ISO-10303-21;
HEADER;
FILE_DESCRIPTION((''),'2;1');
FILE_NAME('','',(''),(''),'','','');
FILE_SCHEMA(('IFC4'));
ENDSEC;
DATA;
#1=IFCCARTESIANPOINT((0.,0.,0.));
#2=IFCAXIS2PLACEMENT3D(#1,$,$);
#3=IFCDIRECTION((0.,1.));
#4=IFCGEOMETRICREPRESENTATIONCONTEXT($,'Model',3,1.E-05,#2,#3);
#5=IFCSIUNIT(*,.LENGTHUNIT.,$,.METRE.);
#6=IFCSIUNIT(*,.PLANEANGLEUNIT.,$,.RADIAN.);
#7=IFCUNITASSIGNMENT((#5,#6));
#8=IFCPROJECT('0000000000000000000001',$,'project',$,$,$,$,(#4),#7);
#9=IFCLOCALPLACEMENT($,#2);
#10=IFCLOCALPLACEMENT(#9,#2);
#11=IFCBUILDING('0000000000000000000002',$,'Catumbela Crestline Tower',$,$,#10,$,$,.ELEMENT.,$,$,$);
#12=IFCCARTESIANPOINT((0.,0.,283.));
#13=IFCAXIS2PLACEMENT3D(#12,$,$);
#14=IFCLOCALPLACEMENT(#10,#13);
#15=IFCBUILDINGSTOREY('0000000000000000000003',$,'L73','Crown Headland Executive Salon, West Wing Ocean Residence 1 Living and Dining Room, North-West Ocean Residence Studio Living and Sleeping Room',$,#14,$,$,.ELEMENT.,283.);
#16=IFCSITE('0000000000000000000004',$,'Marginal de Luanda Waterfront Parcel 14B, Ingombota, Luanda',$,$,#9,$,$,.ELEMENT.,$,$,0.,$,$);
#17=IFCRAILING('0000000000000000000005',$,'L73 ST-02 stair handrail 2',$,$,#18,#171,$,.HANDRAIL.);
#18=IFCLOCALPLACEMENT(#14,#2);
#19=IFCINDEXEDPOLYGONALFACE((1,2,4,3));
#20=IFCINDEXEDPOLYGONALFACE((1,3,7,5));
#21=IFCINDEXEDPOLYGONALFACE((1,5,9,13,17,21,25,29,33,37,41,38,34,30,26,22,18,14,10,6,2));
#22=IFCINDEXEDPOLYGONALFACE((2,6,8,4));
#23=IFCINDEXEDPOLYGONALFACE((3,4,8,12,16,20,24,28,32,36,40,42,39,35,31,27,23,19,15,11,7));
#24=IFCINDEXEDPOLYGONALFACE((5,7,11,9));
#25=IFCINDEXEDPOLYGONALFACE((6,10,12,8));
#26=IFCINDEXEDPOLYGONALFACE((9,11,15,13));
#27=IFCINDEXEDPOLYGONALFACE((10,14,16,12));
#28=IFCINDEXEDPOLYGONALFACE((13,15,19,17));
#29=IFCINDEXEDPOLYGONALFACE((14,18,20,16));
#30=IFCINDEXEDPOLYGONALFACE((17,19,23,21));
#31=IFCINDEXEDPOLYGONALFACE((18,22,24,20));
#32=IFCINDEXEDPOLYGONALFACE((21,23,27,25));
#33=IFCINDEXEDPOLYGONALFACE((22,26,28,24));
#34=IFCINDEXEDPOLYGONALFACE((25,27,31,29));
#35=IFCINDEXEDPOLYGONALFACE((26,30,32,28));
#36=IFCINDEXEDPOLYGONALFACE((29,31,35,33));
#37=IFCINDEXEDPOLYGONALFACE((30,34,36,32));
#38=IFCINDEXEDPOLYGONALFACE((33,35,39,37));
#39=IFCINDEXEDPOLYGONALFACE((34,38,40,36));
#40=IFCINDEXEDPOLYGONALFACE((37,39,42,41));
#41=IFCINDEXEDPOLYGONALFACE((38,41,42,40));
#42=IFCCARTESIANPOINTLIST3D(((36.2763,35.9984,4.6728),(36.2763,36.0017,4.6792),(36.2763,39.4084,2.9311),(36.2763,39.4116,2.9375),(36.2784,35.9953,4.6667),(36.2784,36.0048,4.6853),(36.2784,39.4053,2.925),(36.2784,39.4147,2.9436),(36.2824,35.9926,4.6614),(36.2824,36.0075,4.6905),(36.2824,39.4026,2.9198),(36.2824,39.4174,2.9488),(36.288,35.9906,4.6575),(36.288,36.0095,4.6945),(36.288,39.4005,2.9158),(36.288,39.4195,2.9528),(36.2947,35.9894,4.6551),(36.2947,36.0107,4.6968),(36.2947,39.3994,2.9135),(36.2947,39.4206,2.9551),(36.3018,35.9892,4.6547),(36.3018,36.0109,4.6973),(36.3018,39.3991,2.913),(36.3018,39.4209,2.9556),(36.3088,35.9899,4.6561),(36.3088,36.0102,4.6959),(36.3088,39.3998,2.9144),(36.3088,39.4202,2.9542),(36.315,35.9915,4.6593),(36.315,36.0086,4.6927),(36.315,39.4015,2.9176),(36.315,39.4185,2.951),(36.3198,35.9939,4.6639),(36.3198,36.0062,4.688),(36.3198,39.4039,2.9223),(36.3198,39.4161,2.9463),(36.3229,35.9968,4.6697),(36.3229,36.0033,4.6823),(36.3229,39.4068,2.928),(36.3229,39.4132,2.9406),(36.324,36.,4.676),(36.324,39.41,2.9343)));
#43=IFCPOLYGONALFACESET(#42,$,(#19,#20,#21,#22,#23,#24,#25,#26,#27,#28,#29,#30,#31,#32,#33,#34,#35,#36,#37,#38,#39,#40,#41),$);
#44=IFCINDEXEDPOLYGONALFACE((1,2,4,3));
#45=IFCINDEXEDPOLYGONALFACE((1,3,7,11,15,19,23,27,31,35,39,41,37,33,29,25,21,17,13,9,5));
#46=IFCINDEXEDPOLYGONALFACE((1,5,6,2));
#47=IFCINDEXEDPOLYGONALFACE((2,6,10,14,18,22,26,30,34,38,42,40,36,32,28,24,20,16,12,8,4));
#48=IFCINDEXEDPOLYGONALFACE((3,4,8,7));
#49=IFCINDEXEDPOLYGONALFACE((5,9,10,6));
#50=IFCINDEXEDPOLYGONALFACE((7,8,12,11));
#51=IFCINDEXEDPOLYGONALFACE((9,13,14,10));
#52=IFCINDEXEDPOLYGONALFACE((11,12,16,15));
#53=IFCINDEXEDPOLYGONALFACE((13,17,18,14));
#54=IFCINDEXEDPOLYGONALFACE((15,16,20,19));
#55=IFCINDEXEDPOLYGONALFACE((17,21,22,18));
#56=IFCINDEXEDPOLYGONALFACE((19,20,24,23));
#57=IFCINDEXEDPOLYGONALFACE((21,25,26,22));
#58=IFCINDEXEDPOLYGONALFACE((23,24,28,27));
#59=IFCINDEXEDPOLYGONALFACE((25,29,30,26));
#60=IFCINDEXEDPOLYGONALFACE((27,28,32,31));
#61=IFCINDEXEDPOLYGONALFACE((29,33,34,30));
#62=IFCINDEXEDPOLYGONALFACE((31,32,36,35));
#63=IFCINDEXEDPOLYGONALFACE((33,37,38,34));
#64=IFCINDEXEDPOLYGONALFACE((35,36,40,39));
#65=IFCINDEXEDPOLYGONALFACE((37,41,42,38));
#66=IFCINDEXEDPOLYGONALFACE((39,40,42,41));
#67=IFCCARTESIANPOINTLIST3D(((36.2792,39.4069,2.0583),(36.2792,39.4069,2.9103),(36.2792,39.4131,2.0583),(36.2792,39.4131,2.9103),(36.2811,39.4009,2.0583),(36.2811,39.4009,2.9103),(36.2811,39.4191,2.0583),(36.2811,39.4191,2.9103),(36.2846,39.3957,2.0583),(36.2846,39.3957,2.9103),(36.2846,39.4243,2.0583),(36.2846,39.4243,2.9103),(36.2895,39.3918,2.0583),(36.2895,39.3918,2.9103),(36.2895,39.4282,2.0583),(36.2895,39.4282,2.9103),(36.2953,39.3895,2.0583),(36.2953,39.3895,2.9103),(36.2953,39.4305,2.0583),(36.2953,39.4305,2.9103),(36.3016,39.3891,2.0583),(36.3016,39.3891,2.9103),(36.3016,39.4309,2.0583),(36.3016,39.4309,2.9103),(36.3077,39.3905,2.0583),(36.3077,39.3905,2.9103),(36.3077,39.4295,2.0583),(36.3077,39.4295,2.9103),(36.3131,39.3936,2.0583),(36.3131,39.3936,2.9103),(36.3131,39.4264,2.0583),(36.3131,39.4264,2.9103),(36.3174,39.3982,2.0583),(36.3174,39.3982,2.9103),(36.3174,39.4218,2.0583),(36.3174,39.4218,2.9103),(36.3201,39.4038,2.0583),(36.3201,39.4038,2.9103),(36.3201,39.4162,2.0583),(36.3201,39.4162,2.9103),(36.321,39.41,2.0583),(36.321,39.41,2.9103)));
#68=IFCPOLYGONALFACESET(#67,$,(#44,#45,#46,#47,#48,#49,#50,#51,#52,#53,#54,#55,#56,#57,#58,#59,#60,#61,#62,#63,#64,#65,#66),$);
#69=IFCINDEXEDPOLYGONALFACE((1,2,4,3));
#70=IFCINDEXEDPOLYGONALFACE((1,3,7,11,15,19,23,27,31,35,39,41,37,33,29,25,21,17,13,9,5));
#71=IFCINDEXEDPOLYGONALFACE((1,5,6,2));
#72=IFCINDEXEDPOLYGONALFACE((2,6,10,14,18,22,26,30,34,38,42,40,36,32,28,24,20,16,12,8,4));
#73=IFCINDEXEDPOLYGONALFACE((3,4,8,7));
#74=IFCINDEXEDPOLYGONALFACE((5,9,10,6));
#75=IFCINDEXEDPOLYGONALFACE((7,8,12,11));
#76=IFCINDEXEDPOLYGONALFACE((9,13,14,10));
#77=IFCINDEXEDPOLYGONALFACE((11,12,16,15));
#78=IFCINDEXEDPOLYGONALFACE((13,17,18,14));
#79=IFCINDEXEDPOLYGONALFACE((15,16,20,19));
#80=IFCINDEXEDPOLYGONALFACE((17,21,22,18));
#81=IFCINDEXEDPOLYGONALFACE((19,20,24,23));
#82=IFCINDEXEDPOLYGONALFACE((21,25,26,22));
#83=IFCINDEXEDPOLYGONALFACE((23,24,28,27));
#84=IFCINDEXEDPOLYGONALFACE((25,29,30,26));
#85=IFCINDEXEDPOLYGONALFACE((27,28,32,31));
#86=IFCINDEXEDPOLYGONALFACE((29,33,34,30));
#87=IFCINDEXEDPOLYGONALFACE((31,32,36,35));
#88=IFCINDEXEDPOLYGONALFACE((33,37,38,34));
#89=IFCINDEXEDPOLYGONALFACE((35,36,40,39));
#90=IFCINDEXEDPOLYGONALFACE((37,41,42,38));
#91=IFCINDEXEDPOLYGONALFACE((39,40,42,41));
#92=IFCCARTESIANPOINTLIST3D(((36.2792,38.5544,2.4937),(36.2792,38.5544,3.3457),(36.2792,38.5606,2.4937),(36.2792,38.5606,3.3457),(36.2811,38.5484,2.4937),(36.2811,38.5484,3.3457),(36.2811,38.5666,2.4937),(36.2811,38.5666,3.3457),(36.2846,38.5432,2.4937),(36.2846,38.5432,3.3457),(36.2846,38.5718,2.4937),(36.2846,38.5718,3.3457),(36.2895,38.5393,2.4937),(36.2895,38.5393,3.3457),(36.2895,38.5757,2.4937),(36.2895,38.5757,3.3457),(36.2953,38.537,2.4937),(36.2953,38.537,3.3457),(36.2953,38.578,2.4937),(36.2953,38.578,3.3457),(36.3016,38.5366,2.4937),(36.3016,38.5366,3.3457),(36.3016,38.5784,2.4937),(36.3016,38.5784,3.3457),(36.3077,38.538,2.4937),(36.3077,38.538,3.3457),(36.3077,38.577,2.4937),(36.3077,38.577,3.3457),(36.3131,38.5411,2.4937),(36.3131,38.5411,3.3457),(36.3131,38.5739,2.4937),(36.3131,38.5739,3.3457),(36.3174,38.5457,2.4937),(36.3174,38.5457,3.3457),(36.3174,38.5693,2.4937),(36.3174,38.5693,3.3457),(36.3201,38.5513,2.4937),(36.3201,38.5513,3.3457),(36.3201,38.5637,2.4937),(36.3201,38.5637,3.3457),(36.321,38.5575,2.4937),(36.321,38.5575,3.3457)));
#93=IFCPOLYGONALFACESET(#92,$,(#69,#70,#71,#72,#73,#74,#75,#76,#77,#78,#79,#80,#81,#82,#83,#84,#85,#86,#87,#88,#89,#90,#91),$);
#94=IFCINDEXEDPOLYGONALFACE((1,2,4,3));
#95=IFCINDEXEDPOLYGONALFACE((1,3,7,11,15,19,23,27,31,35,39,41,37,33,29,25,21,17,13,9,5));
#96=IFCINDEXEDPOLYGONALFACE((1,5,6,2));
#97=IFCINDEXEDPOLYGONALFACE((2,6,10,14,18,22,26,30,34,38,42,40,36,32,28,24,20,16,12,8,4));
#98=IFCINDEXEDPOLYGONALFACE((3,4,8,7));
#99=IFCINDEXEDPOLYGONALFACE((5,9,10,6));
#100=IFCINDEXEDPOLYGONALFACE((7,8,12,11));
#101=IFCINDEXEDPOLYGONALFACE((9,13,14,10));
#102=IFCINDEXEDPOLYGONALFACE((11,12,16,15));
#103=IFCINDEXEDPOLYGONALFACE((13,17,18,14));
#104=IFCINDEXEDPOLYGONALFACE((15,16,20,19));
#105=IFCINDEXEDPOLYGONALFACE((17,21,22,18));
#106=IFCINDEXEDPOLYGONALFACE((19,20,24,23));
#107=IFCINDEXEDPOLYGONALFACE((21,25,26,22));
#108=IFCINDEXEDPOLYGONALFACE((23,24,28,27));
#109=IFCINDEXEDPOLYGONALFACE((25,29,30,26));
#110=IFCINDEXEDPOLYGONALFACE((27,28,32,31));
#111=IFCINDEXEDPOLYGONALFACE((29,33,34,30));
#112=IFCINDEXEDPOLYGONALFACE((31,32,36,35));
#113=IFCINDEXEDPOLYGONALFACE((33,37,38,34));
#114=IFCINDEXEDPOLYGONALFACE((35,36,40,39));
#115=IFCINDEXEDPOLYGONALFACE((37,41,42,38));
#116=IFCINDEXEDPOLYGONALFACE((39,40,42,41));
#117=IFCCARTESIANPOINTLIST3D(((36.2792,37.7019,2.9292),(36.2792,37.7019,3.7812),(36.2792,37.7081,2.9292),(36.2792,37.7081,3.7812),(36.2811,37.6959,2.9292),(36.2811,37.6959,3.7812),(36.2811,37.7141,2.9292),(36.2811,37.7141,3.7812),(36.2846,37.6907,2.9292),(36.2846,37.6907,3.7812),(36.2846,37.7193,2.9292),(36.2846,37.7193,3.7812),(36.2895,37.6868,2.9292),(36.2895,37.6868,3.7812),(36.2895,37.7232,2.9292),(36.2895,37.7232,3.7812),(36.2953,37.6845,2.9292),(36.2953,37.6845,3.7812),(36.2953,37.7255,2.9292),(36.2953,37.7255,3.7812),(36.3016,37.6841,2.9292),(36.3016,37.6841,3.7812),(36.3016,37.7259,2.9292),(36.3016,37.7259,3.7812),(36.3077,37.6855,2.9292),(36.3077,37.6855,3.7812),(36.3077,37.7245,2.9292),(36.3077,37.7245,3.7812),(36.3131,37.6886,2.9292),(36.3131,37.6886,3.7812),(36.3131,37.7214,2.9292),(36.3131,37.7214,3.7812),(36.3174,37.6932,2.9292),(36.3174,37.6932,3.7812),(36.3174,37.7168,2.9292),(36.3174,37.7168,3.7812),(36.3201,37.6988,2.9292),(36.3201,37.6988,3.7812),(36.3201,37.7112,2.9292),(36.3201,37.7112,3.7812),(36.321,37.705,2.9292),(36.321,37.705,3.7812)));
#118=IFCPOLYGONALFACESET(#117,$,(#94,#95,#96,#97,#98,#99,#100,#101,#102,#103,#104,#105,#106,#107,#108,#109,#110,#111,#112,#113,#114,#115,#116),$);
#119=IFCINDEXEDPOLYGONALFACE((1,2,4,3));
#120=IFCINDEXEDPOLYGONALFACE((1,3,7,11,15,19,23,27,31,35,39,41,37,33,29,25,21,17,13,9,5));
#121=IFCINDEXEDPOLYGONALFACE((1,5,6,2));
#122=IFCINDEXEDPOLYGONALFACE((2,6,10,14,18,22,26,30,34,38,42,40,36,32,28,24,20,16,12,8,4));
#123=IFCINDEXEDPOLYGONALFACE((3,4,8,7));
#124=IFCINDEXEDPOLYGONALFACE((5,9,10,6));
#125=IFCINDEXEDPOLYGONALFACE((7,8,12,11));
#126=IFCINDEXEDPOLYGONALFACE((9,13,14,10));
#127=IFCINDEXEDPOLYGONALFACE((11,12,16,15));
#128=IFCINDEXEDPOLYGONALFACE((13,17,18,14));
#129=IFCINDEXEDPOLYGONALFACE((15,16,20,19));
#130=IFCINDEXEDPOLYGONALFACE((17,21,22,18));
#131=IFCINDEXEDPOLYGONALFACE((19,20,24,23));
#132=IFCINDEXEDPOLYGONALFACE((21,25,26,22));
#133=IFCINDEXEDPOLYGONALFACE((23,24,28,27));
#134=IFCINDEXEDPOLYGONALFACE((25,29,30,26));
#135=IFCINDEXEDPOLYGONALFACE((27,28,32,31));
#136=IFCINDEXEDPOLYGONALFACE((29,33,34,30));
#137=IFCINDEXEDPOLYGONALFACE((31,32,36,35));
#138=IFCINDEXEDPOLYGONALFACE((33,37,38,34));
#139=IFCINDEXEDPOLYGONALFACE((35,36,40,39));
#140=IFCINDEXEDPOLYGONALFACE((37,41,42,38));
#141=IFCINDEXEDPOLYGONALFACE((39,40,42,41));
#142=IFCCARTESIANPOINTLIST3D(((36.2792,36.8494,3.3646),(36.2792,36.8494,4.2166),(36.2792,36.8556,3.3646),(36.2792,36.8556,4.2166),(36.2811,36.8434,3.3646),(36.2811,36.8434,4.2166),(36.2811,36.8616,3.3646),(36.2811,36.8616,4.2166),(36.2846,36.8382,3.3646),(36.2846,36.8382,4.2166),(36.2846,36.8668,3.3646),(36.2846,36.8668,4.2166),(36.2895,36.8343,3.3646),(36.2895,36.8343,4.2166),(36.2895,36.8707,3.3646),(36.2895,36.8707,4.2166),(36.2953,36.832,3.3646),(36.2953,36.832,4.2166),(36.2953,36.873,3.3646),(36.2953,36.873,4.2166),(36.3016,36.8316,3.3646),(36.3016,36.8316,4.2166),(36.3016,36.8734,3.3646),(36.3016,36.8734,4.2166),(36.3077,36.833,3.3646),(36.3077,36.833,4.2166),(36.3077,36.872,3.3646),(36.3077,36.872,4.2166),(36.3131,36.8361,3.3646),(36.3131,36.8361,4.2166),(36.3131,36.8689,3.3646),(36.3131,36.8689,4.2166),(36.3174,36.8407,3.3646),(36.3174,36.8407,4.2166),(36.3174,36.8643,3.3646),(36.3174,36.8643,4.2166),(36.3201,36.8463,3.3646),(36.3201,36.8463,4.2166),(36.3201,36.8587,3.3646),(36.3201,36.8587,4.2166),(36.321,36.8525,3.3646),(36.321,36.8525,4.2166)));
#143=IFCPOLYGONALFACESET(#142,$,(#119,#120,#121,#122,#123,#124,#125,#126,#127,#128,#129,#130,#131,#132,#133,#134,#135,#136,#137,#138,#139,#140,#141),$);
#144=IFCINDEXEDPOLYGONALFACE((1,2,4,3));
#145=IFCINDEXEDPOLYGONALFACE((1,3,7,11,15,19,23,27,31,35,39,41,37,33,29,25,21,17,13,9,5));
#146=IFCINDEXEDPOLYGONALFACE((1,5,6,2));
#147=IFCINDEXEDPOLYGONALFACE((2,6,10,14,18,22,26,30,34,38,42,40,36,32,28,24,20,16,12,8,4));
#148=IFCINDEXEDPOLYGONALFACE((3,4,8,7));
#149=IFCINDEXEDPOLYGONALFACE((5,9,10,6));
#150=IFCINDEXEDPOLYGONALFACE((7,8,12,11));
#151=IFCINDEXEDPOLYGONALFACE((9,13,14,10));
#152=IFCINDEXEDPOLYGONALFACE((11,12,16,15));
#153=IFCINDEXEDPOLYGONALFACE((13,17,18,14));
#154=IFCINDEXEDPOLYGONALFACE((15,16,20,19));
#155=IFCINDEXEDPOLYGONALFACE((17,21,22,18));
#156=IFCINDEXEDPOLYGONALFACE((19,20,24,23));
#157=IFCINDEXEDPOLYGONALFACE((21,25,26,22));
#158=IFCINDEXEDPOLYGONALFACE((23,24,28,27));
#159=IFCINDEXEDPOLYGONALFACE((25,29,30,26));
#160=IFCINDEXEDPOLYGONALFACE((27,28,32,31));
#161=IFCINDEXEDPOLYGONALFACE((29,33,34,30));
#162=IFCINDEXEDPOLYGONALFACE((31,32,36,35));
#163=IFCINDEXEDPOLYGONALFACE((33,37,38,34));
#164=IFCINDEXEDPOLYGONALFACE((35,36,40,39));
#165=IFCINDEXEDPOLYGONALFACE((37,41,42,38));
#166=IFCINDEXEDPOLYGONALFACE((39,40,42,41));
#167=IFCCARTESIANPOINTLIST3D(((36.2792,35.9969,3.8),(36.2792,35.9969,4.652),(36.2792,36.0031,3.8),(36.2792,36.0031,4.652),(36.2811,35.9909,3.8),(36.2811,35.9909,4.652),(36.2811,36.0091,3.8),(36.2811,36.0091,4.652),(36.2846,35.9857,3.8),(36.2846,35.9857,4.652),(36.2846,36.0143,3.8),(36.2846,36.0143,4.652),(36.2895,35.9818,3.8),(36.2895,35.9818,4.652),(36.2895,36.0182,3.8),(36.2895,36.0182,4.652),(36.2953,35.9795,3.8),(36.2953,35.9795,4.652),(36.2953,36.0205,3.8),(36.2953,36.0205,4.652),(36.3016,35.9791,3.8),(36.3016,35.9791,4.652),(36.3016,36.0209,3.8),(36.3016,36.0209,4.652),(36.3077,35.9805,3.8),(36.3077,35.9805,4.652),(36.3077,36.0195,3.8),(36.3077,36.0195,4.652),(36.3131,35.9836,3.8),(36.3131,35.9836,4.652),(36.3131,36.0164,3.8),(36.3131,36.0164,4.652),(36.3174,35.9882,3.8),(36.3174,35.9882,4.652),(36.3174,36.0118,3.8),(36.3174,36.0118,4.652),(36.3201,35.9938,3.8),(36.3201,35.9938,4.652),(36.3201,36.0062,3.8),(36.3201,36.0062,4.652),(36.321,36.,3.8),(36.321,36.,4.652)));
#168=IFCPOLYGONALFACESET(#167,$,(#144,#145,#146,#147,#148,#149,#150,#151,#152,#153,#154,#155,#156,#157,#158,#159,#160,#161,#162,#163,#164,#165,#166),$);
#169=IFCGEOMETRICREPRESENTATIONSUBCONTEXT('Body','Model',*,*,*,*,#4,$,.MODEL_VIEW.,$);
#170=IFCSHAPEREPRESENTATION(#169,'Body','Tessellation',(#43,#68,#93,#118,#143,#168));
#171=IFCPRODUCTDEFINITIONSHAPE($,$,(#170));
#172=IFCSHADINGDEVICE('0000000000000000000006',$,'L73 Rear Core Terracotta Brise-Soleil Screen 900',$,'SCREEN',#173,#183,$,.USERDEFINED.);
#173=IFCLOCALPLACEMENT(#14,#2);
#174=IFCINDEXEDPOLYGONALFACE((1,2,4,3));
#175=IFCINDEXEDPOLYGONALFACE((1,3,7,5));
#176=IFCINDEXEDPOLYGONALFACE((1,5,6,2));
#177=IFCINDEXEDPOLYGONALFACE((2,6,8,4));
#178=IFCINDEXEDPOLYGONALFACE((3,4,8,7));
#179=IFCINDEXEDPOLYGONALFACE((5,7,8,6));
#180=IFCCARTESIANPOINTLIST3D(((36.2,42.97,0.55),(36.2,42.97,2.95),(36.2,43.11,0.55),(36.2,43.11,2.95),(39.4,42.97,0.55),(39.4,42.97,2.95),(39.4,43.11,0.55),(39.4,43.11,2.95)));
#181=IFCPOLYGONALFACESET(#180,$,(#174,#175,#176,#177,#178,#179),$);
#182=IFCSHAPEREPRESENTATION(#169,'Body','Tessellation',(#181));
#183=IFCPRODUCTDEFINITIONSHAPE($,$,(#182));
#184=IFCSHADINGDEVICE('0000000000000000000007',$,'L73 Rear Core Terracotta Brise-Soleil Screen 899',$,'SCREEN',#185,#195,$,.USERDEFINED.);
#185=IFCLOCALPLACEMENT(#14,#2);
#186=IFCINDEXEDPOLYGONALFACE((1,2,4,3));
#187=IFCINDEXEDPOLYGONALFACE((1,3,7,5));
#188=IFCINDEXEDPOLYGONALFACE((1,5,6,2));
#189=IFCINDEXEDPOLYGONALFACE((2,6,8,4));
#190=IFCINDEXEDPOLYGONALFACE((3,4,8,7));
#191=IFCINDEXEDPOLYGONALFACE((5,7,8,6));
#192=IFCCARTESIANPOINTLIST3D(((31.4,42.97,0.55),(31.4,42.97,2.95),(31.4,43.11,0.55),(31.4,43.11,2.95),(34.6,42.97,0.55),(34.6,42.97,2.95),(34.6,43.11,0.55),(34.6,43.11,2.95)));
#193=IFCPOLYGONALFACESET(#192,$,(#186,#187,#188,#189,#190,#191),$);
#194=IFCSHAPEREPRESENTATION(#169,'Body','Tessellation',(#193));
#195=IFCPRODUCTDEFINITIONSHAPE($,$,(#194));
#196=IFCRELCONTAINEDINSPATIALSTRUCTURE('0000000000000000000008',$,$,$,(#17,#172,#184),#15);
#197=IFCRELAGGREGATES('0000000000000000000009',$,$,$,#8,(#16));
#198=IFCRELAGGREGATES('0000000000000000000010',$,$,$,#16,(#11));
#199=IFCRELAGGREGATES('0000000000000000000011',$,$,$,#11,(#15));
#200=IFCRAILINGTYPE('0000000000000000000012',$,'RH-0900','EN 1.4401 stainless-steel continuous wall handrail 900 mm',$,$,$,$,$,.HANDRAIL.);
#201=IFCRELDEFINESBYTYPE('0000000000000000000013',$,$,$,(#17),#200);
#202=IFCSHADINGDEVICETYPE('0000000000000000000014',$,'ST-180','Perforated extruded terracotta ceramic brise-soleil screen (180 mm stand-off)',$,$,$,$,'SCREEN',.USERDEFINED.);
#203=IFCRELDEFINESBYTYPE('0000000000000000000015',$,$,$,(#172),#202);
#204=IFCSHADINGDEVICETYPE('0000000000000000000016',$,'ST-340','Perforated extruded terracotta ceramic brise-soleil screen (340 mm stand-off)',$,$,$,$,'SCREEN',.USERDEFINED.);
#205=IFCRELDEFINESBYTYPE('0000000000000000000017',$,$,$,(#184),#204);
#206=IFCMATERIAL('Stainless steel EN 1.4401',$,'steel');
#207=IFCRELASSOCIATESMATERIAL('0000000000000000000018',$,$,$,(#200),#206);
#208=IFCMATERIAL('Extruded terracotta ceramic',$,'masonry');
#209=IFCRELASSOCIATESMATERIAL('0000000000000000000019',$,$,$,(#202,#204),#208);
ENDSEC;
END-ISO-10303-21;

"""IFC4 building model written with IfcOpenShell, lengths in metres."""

from ifc_helpers import new_model, si_unit, direction, frame, origin, origin_2d, place, context, subcontext, project, spatial, rectangle, circle, extrude, material, type_object, element, save


model = new_model("IFC4")

# Units and contexts
model_context = context("Model", 3, precision=1e-05, world=origin(), true_north=direction((0.0, 1.0)))
body_context = subcontext(model_context, "Body", "Model", "MODEL_VIEW")
ifc_project = project(units=[si_unit("LENGTHUNIT", "METRE"), si_unit("PLANEANGLEUNIT", "RADIAN")], contexts=[model_context])

# Site, building, storey
site_placement = place(None, origin())
site = spatial("IfcSite", under=ifc_project, at=site_placement, Name="Marginal de Luanda Waterfront Parcel 14B, Ingombota, Luanda", CompositionType="ELEMENT", RefElevation=0.0)
building_placement = place(site_placement, origin())
building = spatial("IfcBuilding", under=site, at=building_placement, Name="Catumbela Crestline Tower", CompositionType="ELEMENT")
storey_placement = place(building_placement, frame((0.0, 0.0, 283.0)))
storey = spatial("IfcBuildingStorey", under=building, at=storey_placement, Name="L73", Description="Crown Headland Executive Salon, West Wing Ocean Residence 1 Living and Dining Room, North-West Ocean Residence Studio Living and Sleeping Room", CompositionType="ELEMENT", Elevation=283.0)

# Shared definitions
ifc_material_1 = material(Name="Stainless steel EN 1.4401", Category="steel")

# Railing
railing_type_1 = type_object("IfcRailingType", Name="RH-0900", Description="EN 1.4401 stainless-steel continuous wall handrail 900 mm", PredefinedType="HANDRAIL", material=ifc_material_1)
railing_1_placement = place(storey_placement, frame((36.3, 39.41, 2.0583)))
element("IfcRailing", 1, at=railing_1_placement, inside=storey, type_object=railing_type_1, Name="L73 ST-02 stair handrail 2", PredefinedType="HANDRAIL", context=body_context, shape_type="SweptSolid", body=[
    extrude(circle(Radius=0.024, at=origin_2d()), frame((0.0, 0.0, 0.876), z_axis=(0.0, -0.89056, 0.454865), x_axis=(1.0, 0.0, 0.0)), (0.0, 0.0, 1.0), 3.829),
    extrude(circle(Radius=0.021, at=origin_2d()), origin(), (0.0, 0.0, 1.0), 0.852),
    extrude(circle(Radius=0.021, at=origin_2d()), frame((0.0, -0.8525, 0.4354)), (0.0, 0.0, 1.0), 0.852),
    extrude(circle(Radius=0.021, at=origin_2d()), frame((0.0, -1.705, 0.8709)), (0.0, 0.0, 1.0), 0.852),
    extrude(circle(Radius=0.021, at=origin_2d()), frame((0.0, -2.5575, 1.3063)), (0.0, 0.0, 1.0), 0.852),
    extrude(circle(Radius=0.021, at=origin_2d()), frame((0.0, -3.41, 1.7417)), (0.0, 0.0, 1.0), 0.852),
])

# Shading devices
ifc_material_2 = material(Name="Extruded terracotta ceramic", Category="masonry")
shading_device_type_1 = type_object("IfcShadingDeviceType", Name="ST-180", Description="Perforated extruded terracotta ceramic brise-soleil screen (180 mm stand-off)", ElementType="SCREEN", PredefinedType="USERDEFINED", material=ifc_material_2)
shading_device_1_placement = place(storey_placement, frame((37.8, 43.04, 0.55), z_axis=(0.0, 0.0, 1.0), x_axis=(1.0, 0.0, 0.0)))
element("IfcShadingDevice", 2, at=shading_device_1_placement, inside=storey, type_object=shading_device_type_1, Name="L73 Rear Core Terracotta Brise-Soleil Screen 900", ObjectType="SCREEN", PredefinedType="USERDEFINED", context=body_context, shape_type="SweptSolid", body=[
    extrude(rectangle(XDim=3.2, YDim=0.14, at=origin_2d()), origin(), (0.0, 0.0, 1.0), 2.4),
])
shading_device_type_2 = type_object("IfcShadingDeviceType", Name="ST-340", Description="Perforated extruded terracotta ceramic brise-soleil screen (340 mm stand-off)", ElementType="SCREEN", PredefinedType="USERDEFINED", material=ifc_material_2)
shading_device_2_placement = place(storey_placement, frame((33.0, 43.04, 0.55), z_axis=(0.0, 0.0, 1.0), x_axis=(1.0, 0.0, 0.0)))
element("IfcShadingDevice", 3, at=shading_device_2_placement, inside=storey, type_object=shading_device_type_2, Name="L73 Rear Core Terracotta Brise-Soleil Screen 899", ObjectType="SCREEN", PredefinedType="USERDEFINED", context=body_context, shape_type="SweptSolid", body=[
    extrude(rectangle(XDim=3.2, YDim=0.14, at=origin_2d()), origin(), (0.0, 0.0, 1.0), 2.4),
])

save(model, "model.ifc")
